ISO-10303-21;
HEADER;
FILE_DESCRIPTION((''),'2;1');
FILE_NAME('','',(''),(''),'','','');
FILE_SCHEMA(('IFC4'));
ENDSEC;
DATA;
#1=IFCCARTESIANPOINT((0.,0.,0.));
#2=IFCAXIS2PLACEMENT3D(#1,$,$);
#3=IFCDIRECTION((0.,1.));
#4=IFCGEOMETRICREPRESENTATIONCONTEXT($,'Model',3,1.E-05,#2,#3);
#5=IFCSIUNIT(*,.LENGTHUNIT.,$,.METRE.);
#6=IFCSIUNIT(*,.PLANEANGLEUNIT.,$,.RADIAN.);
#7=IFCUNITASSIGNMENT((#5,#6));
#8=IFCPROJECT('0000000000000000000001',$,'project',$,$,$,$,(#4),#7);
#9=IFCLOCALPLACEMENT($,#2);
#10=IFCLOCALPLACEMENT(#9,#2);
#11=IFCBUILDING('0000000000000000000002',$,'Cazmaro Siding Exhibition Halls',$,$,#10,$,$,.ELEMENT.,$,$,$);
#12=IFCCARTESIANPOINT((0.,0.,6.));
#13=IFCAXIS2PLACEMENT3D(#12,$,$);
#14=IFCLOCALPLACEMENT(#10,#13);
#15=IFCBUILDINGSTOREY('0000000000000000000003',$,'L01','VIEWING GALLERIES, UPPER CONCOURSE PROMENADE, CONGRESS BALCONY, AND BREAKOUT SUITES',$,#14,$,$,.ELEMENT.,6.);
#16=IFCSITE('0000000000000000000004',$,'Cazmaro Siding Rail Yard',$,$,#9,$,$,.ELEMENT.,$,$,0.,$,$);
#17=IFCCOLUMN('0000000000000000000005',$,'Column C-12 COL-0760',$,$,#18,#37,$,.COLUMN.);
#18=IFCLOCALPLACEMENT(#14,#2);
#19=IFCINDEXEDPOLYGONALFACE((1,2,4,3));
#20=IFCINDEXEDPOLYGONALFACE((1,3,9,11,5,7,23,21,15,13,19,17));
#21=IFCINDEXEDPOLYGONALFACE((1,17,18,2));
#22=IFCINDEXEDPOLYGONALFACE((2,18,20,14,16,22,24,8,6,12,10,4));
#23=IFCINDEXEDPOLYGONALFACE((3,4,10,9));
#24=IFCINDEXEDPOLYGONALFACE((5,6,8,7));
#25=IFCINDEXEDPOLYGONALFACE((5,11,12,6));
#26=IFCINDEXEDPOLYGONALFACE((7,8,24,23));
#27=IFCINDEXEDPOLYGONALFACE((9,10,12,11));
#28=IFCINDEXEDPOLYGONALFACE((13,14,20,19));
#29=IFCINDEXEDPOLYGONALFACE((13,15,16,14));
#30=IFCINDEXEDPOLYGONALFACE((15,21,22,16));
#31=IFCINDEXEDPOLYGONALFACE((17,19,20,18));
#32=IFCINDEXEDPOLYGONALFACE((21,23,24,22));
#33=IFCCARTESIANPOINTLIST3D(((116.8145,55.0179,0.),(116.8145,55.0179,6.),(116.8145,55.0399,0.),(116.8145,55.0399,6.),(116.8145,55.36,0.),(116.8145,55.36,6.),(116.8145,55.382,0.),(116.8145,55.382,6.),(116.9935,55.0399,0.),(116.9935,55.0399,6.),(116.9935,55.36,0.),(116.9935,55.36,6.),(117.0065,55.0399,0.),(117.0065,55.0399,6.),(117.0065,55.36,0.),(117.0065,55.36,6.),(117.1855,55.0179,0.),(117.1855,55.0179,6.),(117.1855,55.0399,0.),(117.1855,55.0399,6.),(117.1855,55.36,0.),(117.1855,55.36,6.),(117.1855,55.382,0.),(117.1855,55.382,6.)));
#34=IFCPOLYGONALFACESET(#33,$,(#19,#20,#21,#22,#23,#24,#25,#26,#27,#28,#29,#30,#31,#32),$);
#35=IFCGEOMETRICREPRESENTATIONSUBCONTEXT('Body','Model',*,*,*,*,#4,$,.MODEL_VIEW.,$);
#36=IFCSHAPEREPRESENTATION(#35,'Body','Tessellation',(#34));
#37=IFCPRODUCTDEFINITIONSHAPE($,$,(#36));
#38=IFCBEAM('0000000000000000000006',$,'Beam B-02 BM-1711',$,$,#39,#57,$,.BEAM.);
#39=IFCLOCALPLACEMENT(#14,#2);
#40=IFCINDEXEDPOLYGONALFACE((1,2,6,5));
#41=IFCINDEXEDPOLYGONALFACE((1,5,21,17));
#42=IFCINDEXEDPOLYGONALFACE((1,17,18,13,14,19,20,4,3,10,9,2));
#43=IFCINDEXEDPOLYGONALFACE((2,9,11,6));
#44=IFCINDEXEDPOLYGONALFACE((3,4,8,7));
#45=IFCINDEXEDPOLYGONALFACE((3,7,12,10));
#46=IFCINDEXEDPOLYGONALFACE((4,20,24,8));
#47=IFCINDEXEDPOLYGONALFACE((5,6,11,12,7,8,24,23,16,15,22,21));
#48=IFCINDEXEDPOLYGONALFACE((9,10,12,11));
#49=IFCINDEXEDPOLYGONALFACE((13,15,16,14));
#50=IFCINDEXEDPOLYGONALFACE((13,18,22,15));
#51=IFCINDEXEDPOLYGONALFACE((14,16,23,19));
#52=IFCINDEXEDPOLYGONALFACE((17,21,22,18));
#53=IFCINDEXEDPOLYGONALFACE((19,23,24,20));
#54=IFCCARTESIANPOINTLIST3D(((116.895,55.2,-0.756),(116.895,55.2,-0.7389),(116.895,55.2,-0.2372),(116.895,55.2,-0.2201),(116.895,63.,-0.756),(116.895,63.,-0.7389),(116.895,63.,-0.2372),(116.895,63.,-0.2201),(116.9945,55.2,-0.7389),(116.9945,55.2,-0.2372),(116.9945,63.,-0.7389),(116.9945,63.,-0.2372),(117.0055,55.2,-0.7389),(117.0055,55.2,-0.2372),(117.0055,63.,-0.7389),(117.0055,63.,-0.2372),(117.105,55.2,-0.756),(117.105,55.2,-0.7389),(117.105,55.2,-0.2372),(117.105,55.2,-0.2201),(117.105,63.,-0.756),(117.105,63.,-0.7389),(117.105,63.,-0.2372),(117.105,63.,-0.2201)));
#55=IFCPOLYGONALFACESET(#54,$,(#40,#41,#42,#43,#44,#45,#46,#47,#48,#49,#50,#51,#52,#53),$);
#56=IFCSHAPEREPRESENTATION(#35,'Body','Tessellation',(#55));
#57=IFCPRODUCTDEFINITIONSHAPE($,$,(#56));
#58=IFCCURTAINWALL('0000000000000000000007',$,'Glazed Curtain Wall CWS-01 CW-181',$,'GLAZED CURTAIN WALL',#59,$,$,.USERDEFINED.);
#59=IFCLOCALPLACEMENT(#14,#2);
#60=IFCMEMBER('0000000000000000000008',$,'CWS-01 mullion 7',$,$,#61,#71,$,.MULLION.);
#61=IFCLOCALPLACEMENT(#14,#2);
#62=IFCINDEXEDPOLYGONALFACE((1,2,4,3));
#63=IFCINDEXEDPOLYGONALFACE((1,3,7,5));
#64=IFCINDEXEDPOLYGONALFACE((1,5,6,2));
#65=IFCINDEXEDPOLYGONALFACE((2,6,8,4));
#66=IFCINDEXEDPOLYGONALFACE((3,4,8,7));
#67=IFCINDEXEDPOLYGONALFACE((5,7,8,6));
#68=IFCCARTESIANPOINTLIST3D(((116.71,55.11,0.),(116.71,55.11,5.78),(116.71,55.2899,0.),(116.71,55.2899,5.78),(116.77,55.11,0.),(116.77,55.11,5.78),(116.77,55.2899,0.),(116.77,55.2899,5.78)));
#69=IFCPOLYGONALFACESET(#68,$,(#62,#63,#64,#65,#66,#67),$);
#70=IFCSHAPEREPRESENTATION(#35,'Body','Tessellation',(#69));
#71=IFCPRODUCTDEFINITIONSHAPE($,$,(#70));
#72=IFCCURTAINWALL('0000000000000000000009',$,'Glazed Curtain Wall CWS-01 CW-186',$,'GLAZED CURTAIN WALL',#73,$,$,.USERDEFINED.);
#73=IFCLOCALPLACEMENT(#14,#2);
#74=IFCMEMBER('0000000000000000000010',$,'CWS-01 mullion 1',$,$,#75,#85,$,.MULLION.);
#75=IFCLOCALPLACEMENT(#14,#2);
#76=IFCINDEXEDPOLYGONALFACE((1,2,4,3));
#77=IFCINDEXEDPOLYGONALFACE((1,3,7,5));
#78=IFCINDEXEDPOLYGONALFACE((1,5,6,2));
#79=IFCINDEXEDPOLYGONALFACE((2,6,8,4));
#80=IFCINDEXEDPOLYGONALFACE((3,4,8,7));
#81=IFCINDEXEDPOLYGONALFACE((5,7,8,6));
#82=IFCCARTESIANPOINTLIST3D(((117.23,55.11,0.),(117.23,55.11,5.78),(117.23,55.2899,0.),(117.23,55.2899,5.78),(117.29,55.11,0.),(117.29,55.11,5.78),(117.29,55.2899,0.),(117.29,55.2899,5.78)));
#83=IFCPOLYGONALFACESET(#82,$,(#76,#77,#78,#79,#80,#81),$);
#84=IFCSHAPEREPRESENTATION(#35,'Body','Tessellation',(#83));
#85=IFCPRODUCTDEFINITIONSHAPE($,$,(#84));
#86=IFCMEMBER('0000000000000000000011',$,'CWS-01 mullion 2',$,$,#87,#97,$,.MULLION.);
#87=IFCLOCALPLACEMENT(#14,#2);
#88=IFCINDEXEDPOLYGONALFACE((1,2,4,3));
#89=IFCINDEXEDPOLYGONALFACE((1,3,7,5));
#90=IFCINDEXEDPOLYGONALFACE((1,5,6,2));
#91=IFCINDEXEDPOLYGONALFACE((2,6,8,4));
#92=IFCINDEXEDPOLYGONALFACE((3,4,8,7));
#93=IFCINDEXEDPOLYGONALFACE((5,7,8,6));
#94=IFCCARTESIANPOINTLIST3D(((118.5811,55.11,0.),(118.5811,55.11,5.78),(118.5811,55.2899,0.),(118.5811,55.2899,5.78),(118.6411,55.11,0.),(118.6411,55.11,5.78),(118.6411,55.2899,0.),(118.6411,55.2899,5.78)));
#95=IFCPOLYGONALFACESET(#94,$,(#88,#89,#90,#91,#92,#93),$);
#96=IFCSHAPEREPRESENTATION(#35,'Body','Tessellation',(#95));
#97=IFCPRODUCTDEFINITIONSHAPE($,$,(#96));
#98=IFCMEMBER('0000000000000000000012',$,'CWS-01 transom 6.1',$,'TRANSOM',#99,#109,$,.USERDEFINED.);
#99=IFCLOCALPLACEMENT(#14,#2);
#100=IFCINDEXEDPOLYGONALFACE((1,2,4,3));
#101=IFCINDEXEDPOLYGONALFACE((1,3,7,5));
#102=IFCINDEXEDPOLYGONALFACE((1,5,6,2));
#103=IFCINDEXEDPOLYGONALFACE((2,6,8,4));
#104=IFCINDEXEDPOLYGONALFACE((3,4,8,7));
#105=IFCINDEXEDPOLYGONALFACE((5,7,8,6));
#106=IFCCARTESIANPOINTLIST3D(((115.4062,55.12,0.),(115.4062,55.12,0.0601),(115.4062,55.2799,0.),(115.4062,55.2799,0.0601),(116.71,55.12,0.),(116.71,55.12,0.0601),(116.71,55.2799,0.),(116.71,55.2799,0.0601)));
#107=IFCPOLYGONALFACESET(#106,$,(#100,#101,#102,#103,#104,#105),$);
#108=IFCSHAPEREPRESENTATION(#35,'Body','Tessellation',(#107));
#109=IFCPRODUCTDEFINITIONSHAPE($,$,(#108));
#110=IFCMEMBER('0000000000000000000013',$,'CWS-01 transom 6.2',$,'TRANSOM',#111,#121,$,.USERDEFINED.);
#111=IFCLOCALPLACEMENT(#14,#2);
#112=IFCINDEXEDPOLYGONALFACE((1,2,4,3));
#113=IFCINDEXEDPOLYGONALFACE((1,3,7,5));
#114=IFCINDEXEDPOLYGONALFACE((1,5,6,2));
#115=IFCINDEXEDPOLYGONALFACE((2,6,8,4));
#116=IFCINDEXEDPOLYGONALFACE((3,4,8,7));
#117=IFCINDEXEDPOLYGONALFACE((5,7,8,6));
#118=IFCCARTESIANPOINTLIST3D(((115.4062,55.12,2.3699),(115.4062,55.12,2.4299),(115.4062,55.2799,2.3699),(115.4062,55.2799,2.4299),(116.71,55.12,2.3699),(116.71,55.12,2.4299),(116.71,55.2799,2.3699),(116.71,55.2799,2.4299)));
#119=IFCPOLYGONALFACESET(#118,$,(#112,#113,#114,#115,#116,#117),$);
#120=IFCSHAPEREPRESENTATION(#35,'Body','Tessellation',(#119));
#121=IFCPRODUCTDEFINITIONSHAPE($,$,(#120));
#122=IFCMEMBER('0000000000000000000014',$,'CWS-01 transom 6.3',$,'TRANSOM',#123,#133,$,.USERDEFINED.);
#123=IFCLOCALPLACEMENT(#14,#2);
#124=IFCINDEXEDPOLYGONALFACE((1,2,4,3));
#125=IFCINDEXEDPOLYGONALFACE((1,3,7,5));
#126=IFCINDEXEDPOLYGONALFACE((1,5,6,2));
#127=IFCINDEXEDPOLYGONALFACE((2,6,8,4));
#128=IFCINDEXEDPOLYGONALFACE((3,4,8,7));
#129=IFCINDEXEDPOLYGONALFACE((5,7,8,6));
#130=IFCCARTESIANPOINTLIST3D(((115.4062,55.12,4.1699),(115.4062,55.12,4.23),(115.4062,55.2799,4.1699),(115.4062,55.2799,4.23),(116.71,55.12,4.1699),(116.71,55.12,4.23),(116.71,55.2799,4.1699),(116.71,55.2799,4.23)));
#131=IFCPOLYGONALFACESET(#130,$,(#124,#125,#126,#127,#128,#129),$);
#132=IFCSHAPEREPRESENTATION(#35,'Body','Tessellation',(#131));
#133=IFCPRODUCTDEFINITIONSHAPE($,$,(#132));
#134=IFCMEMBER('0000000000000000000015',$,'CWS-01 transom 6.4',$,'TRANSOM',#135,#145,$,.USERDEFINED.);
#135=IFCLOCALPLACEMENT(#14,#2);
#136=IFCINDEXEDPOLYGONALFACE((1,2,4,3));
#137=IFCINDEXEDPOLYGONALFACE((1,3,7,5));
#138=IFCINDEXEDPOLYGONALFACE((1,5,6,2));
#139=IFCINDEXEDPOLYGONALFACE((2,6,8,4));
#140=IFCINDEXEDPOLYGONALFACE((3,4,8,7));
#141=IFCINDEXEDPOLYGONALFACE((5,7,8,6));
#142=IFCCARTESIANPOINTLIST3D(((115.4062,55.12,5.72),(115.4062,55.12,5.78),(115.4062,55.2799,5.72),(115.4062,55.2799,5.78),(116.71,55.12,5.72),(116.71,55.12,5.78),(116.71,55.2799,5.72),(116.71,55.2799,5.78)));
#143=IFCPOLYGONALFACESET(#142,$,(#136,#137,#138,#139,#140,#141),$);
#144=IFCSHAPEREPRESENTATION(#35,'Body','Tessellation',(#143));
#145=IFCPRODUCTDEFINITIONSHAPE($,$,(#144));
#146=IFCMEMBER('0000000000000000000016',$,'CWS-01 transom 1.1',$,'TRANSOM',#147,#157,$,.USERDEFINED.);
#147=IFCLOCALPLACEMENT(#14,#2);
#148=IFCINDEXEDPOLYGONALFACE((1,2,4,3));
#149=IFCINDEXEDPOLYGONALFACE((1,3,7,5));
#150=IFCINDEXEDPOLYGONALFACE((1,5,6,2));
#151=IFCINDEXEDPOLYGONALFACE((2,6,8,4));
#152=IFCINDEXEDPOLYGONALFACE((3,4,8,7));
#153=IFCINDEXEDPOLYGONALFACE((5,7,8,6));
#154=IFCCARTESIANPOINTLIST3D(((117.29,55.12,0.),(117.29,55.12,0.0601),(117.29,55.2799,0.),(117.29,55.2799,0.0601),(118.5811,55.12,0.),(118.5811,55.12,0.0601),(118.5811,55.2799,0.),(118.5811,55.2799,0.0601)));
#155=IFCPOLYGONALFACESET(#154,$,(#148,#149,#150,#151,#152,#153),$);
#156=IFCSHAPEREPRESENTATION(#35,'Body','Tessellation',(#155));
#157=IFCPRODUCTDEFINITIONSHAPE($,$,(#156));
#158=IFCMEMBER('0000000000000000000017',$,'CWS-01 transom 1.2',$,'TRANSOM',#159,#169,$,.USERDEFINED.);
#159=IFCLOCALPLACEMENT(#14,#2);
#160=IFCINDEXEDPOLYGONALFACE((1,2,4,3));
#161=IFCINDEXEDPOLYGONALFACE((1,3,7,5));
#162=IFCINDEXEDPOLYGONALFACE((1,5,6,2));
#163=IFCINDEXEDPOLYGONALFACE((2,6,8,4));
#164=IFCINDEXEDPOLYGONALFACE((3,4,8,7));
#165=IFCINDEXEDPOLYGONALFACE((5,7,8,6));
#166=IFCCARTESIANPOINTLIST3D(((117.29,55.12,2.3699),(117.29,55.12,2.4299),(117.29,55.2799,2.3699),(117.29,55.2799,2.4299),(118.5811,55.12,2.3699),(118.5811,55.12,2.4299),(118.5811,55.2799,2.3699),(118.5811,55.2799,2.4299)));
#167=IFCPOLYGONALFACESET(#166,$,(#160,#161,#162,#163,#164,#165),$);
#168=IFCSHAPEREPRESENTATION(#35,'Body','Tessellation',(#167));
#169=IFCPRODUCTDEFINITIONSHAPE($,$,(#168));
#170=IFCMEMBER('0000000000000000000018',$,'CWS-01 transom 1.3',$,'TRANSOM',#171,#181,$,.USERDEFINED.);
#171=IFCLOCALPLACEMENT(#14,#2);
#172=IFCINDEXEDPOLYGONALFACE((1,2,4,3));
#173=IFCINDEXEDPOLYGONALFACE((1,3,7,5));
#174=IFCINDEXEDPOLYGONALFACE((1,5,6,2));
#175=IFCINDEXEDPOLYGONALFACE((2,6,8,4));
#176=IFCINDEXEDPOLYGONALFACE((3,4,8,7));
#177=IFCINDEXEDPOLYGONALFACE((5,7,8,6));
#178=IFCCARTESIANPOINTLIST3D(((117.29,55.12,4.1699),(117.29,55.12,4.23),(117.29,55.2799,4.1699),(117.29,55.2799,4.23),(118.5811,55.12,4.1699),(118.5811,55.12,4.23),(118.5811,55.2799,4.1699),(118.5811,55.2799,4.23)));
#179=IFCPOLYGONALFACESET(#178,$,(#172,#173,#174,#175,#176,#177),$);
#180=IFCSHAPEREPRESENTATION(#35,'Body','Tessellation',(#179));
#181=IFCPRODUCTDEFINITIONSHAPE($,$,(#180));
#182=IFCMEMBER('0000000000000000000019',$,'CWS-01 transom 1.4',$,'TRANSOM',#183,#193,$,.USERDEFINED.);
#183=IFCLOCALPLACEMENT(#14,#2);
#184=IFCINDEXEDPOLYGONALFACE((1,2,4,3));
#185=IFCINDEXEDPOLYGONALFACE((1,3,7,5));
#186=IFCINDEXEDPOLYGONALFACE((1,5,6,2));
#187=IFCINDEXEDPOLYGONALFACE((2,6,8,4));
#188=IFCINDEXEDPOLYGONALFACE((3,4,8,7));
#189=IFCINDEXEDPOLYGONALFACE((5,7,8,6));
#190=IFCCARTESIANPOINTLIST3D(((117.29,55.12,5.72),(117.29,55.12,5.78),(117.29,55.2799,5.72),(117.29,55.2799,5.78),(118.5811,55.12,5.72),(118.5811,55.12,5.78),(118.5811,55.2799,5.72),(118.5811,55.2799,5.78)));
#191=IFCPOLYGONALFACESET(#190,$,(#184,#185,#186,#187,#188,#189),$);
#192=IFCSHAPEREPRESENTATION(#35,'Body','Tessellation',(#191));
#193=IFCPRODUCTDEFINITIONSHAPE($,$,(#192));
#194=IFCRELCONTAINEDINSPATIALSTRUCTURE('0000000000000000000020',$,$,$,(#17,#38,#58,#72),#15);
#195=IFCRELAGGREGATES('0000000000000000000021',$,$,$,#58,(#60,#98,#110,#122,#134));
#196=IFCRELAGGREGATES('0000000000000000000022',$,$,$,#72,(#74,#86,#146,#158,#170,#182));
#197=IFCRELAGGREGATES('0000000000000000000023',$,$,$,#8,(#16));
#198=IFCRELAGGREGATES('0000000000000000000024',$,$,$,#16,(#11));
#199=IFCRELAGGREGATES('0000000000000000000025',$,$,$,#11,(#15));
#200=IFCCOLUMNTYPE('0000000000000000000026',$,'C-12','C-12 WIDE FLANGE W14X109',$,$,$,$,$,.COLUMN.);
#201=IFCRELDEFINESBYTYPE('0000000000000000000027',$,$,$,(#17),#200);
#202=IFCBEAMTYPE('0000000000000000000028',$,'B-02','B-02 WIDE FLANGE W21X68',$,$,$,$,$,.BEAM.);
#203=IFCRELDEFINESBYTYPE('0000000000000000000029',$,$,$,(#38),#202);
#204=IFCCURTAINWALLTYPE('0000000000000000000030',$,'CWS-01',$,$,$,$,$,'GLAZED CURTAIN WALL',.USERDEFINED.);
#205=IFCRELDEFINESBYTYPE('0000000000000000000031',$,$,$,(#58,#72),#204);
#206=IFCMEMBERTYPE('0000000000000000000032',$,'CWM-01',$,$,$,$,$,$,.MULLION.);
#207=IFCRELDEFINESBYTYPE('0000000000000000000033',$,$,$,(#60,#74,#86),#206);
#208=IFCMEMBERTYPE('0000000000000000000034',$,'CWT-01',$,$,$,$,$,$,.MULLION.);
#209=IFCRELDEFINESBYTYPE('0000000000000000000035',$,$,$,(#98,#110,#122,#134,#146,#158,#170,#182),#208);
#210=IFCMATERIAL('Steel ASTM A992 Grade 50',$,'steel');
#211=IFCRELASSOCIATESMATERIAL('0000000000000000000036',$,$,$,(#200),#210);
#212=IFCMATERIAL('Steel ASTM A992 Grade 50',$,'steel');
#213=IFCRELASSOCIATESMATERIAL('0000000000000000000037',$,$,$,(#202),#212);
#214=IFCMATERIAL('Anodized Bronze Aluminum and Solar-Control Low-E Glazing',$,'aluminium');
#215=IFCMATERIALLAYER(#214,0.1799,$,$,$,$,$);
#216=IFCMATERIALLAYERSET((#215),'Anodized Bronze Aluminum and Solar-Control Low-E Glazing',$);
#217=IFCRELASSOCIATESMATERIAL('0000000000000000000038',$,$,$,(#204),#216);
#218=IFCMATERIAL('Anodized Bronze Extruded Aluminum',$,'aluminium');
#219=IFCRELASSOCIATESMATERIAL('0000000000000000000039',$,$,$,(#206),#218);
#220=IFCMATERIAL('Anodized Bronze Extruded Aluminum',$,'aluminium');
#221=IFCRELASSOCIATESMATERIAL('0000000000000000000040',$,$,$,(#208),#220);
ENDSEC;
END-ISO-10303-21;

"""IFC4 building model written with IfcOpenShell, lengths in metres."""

from ifc_helpers import new_model, si_unit, direction, frame, origin, origin_2d, place, context, subcontext, project, spatial, rectangle, i_section, extrude, material, layer, layer_set, material_profile, profile_set, type_object, element, aggregate, save


model = new_model("IFC4")

# Units and contexts
model_context = context("Model", 3, precision=1e-05, world=origin(), true_north=direction((0.0, 1.0)))
body_context = subcontext(model_context, "Body", "Model", "MODEL_VIEW")
ifc_project = project(units=[si_unit("LENGTHUNIT", "METRE"), si_unit("PLANEANGLEUNIT", "RADIAN")], contexts=[model_context])

# Site, building, storey
site_placement = place(None, origin())
site = spatial("IfcSite", under=ifc_project, at=site_placement, Name="Cazmaro Siding Rail Yard", CompositionType="ELEMENT", RefElevation=0.0)
building_placement = place(site_placement, origin())
building = spatial("IfcBuilding", under=site, at=building_placement, Name="Cazmaro Siding Exhibition Halls", CompositionType="ELEMENT")
storey_placement = place(building_placement, frame((0.0, 0.0, 6.0)))
storey = spatial("IfcBuildingStorey", under=building, at=storey_placement, Name="L01", Description="VIEWING GALLERIES, UPPER CONCOURSE PROMENADE, CONGRESS BALCONY, AND BREAKOUT SUITES", CompositionType="ELEMENT", Elevation=6.0)

# Column
ifc_material_1 = material(Name="Steel ASTM A992 Grade 50", Category="steel")
ifc_material_profile_1 = material_profile(ifc_material_1, i_section(OverallWidth=0.3711, OverallDepth=0.364, WebThickness=0.0129, FlangeThickness=0.022, at=origin_2d()), Name="W14X109")
ifc_profile_set_1 = profile_set([ifc_material_profile_1], Name="Steel ASTM A992 Grade 50")
column_type = type_object("IfcColumnType", Name="C-12", Description="C-12 WIDE FLANGE W14X109", PredefinedType="COLUMN", material=ifc_profile_set_1)
column_placement = place(storey_placement, frame((117.0, 55.2, 0.0), z_axis=(0.0, 0.0, 1.0), x_axis=(1.0, 0.0, 0.0)))
element("IfcColumn", 1, at=column_placement, inside=storey, type_object=column_type, Name="Column C-12 COL-0760", PredefinedType="COLUMN", context=body_context, shape_type="SweptSolid", body=[
    extrude(i_section(OverallWidth=0.3711, OverallDepth=0.364, WebThickness=0.0129, FlangeThickness=0.022, at=origin_2d()), origin(), (0.0, 0.0, 1.0), 6.0),
])

# Beam
ifc_material_2 = material(Name="Steel ASTM A992 Grade 50", Category="steel")
ifc_material_profile_2 = material_profile(ifc_material_2, i_section(OverallWidth=0.21, OverallDepth=0.5359, WebThickness=0.011, FlangeThickness=0.0171, at=origin_2d()), Name="W21X68")
ifc_profile_set_2 = profile_set([ifc_material_profile_2], Name="Steel ASTM A992 Grade 50")
beam_type_1 = type_object("IfcBeamType", Name="B-02", Description="B-02 WIDE FLANGE W21X68", PredefinedType="BEAM", material=ifc_profile_set_2)
beam_1_placement = place(storey_placement, frame((117.0, 55.2, -0.488), z_axis=(0.0, 1.0, 0.0), x_axis=(-1.0, 0.0, 0.0)))
element("IfcBeam", 2, at=beam_1_placement, inside=storey, type_object=beam_type_1, Name="Beam B-02 BM-1711", PredefinedType="BEAM", context=body_context, shape_type="SweptSolid", body=[
    extrude(i_section(OverallWidth=0.21, OverallDepth=0.5359, WebThickness=0.011, FlangeThickness=0.0171, at=origin_2d()), origin(), (0.0, 0.0, 1.0), 7.8),
])

# Curtain wall, member
ifc_material_3 = material(Name="Anodized Bronze Aluminum and Solar-Control Low-E Glazing", Category="aluminium")
ifc_layer_1 = layer(ifc_material_3, 0.1799)
ifc_layer_set_1 = layer_set([ifc_layer_1], Name="Anodized Bronze Aluminum and Solar-Control Low-E Glazing")
curtain_wall_type = type_object("IfcCurtainWallType", Name="CWS-01", ElementType="GLAZED CURTAIN WALL", PredefinedType="USERDEFINED", material=ifc_layer_set_1)
curtain_wall_1_placement = place(storey_placement, origin())
curtain_wall_1 = element("IfcCurtainWall", 3, at=curtain_wall_1_placement, inside=storey, type_object=curtain_wall_type, Name="Glazed Curtain Wall CWS-01 CW-181", ObjectType="GLAZED CURTAIN WALL", PredefinedType="USERDEFINED")
ifc_material_4 = material(Name="Anodized Bronze Extruded Aluminum", Category="aluminium")
ifc_material_profile_3 = material_profile(ifc_material_4, rectangle(XDim=0.1799, YDim=0.0601, at=origin_2d()), Name="CWM-01")
ifc_profile_set_3 = profile_set([ifc_material_profile_3], Name="Anodized Bronze Extruded Aluminum")
member_type_1 = type_object("IfcMemberType", Name="CWM-01", PredefinedType="MULLION", material=ifc_profile_set_3)
member_1_placement = place(storey_placement, frame((116.74, 55.2, 0.0), z_axis=(0.0, 0.0, 1.0), x_axis=(0.0, 1.0, 0.0)))
member_1 = element("IfcMember", 4, at=member_1_placement, type_object=member_type_1, Name="CWS-01 mullion 7", PredefinedType="MULLION", context=body_context, shape_type="SweptSolid", body=[
    extrude(rectangle(XDim=0.1799, YDim=0.0601, at=origin_2d()), origin(), (0.0, 0.0, 1.0), 5.78),
])

# Curtain wall, members
curtain_wall_2_placement = place(storey_placement, origin())
curtain_wall_2 = element("IfcCurtainWall", 5, at=curtain_wall_2_placement, inside=storey, type_object=curtain_wall_type, Name="Glazed Curtain Wall CWS-01 CW-186", ObjectType="GLAZED CURTAIN WALL", PredefinedType="USERDEFINED")
member_2_placement = place(storey_placement, frame((117.26, 55.2, 0.0), z_axis=(0.0, 0.0, 1.0), x_axis=(0.0, 1.0, 0.0)))
member_2 = element("IfcMember", 6, at=member_2_placement, type_object=member_type_1, Name="CWS-01 mullion 1", PredefinedType="MULLION", context=body_context, shape_type="SweptSolid", body=[
    extrude(rectangle(XDim=0.1799, YDim=0.0601, at=origin_2d()), origin(), (0.0, 0.0, 1.0), 5.78),
])
member_3_placement = place(storey_placement, frame((118.6111, 55.2, 0.0), z_axis=(0.0, 0.0, 1.0), x_axis=(0.0, 1.0, 0.0)))
member_3 = element("IfcMember", 7, at=member_3_placement, type_object=member_type_1, Name="CWS-01 mullion 2", PredefinedType="MULLION", context=body_context, shape_type="SweptSolid", body=[
    extrude(rectangle(XDim=0.1799, YDim=0.0601, at=origin_2d()), origin(), (0.0, 0.0, 1.0), 5.78),
])

# Members
ifc_material_5 = material(Name="Anodized Bronze Extruded Aluminum", Category="aluminium")
ifc_material_profile_4 = material_profile(ifc_material_5, rectangle(XDim=0.1599, YDim=0.0601, at=origin_2d()), Name="CWT-01")
ifc_profile_set_4 = profile_set([ifc_material_profile_4], Name="Anodized Bronze Extruded Aluminum")
member_type_2 = type_object("IfcMemberType", Name="CWT-01", PredefinedType="MULLION", material=ifc_profile_set_4)
member_4_placement = place(storey_placement, frame((115.4062, 55.2, 0.03), z_axis=(1.0, 0.0, 0.0), x_axis=(0.0, 1.0, 0.0)))
member_4 = element("IfcMember", 8, at=member_4_placement, type_object=member_type_2, Name="CWS-01 transom 6.1", ObjectType="TRANSOM", PredefinedType="USERDEFINED", context=body_context, shape_type="SweptSolid", body=[
    extrude(rectangle(XDim=0.1599, YDim=0.0601, at=origin_2d()), origin(), (0.0, 0.0, 1.0), 1.3037),
])
member_5_placement = place(storey_placement, frame((115.4062, 55.2, 2.3999), z_axis=(1.0, 0.0, 0.0), x_axis=(0.0, 1.0, 0.0)))
member_5 = element("IfcMember", 9, at=member_5_placement, type_object=member_type_2, Name="CWS-01 transom 6.2", ObjectType="TRANSOM", PredefinedType="USERDEFINED", context=body_context, shape_type="SweptSolid", body=[
    extrude(rectangle(XDim=0.1599, YDim=0.0601, at=origin_2d()), origin(), (0.0, 0.0, 1.0), 1.3037),
])
member_6_placement = place(storey_placement, frame((115.4062, 55.2, 4.2), z_axis=(1.0, 0.0, 0.0), x_axis=(0.0, 1.0, 0.0)))
member_6 = element("IfcMember", 10, at=member_6_placement, type_object=member_type_2, Name="CWS-01 transom 6.3", ObjectType="TRANSOM", PredefinedType="USERDEFINED", context=body_context, shape_type="SweptSolid", body=[
    extrude(rectangle(XDim=0.1599, YDim=0.0601, at=origin_2d()), origin(), (0.0, 0.0, 1.0), 1.3037),
])
member_7_placement = place(storey_placement, frame((115.4062, 55.2, 5.75), z_axis=(1.0, 0.0, 0.0), x_axis=(0.0, 1.0, 0.0)))
member_7 = element("IfcMember", 11, at=member_7_placement, type_object=member_type_2, Name="CWS-01 transom 6.4", ObjectType="TRANSOM", PredefinedType="USERDEFINED", context=body_context, shape_type="SweptSolid", body=[
    extrude(rectangle(XDim=0.1599, YDim=0.0601, at=origin_2d()), origin(), (0.0, 0.0, 1.0), 1.3037),
])
member_8_placement = place(storey_placement, frame((117.29, 55.2, 0.03), z_axis=(1.0, 0.0, 0.0), x_axis=(0.0, 1.0, 0.0)))
member_8 = element("IfcMember", 12, at=member_8_placement, type_object=member_type_2, Name="CWS-01 transom 1.1", ObjectType="TRANSOM", PredefinedType="USERDEFINED", context=body_context, shape_type="SweptSolid", body=[
    extrude(rectangle(XDim=0.1599, YDim=0.0601, at=origin_2d()), origin(), (0.0, 0.0, 1.0), 1.291),
])
member_9_placement = place(storey_placement, frame((117.29, 55.2, 2.3999), z_axis=(1.0, 0.0, 0.0), x_axis=(0.0, 1.0, 0.0)))
member_9 = element("IfcMember", 13, at=member_9_placement, type_object=member_type_2, Name="CWS-01 transom 1.2", ObjectType="TRANSOM", PredefinedType="USERDEFINED", context=body_context, shape_type="SweptSolid", body=[
    extrude(rectangle(XDim=0.1599, YDim=0.0601, at=origin_2d()), origin(), (0.0, 0.0, 1.0), 1.291),
])
member_10_placement = place(storey_placement, frame((117.29, 55.2, 4.2), z_axis=(1.0, 0.0, 0.0), x_axis=(0.0, 1.0, 0.0)))
member_10 = element("IfcMember", 14, at=member_10_placement, type_object=member_type_2, Name="CWS-01 transom 1.3", ObjectType="TRANSOM", PredefinedType="USERDEFINED", context=body_context, shape_type="SweptSolid", body=[
    extrude(rectangle(XDim=0.1599, YDim=0.0601, at=origin_2d()), origin(), (0.0, 0.0, 1.0), 1.291),
])
member_11_placement = place(storey_placement, frame((117.29, 55.2, 5.75), z_axis=(1.0, 0.0, 0.0), x_axis=(0.0, 1.0, 0.0)))
member_11 = element("IfcMember", 15, at=member_11_placement, type_object=member_type_2, Name="CWS-01 transom 1.4", ObjectType="TRANSOM", PredefinedType="USERDEFINED", context=body_context, shape_type="SweptSolid", body=[
    extrude(rectangle(XDim=0.1599, YDim=0.0601, at=origin_2d()), origin(), (0.0, 0.0, 1.0), 1.291),
])

aggregate(curtain_wall_1, [member_1, member_4, member_5, member_6, member_7])
aggregate(curtain_wall_2, [member_2, member_3, member_8, member_9, member_10, member_11])

save(model, "model.ifc")
